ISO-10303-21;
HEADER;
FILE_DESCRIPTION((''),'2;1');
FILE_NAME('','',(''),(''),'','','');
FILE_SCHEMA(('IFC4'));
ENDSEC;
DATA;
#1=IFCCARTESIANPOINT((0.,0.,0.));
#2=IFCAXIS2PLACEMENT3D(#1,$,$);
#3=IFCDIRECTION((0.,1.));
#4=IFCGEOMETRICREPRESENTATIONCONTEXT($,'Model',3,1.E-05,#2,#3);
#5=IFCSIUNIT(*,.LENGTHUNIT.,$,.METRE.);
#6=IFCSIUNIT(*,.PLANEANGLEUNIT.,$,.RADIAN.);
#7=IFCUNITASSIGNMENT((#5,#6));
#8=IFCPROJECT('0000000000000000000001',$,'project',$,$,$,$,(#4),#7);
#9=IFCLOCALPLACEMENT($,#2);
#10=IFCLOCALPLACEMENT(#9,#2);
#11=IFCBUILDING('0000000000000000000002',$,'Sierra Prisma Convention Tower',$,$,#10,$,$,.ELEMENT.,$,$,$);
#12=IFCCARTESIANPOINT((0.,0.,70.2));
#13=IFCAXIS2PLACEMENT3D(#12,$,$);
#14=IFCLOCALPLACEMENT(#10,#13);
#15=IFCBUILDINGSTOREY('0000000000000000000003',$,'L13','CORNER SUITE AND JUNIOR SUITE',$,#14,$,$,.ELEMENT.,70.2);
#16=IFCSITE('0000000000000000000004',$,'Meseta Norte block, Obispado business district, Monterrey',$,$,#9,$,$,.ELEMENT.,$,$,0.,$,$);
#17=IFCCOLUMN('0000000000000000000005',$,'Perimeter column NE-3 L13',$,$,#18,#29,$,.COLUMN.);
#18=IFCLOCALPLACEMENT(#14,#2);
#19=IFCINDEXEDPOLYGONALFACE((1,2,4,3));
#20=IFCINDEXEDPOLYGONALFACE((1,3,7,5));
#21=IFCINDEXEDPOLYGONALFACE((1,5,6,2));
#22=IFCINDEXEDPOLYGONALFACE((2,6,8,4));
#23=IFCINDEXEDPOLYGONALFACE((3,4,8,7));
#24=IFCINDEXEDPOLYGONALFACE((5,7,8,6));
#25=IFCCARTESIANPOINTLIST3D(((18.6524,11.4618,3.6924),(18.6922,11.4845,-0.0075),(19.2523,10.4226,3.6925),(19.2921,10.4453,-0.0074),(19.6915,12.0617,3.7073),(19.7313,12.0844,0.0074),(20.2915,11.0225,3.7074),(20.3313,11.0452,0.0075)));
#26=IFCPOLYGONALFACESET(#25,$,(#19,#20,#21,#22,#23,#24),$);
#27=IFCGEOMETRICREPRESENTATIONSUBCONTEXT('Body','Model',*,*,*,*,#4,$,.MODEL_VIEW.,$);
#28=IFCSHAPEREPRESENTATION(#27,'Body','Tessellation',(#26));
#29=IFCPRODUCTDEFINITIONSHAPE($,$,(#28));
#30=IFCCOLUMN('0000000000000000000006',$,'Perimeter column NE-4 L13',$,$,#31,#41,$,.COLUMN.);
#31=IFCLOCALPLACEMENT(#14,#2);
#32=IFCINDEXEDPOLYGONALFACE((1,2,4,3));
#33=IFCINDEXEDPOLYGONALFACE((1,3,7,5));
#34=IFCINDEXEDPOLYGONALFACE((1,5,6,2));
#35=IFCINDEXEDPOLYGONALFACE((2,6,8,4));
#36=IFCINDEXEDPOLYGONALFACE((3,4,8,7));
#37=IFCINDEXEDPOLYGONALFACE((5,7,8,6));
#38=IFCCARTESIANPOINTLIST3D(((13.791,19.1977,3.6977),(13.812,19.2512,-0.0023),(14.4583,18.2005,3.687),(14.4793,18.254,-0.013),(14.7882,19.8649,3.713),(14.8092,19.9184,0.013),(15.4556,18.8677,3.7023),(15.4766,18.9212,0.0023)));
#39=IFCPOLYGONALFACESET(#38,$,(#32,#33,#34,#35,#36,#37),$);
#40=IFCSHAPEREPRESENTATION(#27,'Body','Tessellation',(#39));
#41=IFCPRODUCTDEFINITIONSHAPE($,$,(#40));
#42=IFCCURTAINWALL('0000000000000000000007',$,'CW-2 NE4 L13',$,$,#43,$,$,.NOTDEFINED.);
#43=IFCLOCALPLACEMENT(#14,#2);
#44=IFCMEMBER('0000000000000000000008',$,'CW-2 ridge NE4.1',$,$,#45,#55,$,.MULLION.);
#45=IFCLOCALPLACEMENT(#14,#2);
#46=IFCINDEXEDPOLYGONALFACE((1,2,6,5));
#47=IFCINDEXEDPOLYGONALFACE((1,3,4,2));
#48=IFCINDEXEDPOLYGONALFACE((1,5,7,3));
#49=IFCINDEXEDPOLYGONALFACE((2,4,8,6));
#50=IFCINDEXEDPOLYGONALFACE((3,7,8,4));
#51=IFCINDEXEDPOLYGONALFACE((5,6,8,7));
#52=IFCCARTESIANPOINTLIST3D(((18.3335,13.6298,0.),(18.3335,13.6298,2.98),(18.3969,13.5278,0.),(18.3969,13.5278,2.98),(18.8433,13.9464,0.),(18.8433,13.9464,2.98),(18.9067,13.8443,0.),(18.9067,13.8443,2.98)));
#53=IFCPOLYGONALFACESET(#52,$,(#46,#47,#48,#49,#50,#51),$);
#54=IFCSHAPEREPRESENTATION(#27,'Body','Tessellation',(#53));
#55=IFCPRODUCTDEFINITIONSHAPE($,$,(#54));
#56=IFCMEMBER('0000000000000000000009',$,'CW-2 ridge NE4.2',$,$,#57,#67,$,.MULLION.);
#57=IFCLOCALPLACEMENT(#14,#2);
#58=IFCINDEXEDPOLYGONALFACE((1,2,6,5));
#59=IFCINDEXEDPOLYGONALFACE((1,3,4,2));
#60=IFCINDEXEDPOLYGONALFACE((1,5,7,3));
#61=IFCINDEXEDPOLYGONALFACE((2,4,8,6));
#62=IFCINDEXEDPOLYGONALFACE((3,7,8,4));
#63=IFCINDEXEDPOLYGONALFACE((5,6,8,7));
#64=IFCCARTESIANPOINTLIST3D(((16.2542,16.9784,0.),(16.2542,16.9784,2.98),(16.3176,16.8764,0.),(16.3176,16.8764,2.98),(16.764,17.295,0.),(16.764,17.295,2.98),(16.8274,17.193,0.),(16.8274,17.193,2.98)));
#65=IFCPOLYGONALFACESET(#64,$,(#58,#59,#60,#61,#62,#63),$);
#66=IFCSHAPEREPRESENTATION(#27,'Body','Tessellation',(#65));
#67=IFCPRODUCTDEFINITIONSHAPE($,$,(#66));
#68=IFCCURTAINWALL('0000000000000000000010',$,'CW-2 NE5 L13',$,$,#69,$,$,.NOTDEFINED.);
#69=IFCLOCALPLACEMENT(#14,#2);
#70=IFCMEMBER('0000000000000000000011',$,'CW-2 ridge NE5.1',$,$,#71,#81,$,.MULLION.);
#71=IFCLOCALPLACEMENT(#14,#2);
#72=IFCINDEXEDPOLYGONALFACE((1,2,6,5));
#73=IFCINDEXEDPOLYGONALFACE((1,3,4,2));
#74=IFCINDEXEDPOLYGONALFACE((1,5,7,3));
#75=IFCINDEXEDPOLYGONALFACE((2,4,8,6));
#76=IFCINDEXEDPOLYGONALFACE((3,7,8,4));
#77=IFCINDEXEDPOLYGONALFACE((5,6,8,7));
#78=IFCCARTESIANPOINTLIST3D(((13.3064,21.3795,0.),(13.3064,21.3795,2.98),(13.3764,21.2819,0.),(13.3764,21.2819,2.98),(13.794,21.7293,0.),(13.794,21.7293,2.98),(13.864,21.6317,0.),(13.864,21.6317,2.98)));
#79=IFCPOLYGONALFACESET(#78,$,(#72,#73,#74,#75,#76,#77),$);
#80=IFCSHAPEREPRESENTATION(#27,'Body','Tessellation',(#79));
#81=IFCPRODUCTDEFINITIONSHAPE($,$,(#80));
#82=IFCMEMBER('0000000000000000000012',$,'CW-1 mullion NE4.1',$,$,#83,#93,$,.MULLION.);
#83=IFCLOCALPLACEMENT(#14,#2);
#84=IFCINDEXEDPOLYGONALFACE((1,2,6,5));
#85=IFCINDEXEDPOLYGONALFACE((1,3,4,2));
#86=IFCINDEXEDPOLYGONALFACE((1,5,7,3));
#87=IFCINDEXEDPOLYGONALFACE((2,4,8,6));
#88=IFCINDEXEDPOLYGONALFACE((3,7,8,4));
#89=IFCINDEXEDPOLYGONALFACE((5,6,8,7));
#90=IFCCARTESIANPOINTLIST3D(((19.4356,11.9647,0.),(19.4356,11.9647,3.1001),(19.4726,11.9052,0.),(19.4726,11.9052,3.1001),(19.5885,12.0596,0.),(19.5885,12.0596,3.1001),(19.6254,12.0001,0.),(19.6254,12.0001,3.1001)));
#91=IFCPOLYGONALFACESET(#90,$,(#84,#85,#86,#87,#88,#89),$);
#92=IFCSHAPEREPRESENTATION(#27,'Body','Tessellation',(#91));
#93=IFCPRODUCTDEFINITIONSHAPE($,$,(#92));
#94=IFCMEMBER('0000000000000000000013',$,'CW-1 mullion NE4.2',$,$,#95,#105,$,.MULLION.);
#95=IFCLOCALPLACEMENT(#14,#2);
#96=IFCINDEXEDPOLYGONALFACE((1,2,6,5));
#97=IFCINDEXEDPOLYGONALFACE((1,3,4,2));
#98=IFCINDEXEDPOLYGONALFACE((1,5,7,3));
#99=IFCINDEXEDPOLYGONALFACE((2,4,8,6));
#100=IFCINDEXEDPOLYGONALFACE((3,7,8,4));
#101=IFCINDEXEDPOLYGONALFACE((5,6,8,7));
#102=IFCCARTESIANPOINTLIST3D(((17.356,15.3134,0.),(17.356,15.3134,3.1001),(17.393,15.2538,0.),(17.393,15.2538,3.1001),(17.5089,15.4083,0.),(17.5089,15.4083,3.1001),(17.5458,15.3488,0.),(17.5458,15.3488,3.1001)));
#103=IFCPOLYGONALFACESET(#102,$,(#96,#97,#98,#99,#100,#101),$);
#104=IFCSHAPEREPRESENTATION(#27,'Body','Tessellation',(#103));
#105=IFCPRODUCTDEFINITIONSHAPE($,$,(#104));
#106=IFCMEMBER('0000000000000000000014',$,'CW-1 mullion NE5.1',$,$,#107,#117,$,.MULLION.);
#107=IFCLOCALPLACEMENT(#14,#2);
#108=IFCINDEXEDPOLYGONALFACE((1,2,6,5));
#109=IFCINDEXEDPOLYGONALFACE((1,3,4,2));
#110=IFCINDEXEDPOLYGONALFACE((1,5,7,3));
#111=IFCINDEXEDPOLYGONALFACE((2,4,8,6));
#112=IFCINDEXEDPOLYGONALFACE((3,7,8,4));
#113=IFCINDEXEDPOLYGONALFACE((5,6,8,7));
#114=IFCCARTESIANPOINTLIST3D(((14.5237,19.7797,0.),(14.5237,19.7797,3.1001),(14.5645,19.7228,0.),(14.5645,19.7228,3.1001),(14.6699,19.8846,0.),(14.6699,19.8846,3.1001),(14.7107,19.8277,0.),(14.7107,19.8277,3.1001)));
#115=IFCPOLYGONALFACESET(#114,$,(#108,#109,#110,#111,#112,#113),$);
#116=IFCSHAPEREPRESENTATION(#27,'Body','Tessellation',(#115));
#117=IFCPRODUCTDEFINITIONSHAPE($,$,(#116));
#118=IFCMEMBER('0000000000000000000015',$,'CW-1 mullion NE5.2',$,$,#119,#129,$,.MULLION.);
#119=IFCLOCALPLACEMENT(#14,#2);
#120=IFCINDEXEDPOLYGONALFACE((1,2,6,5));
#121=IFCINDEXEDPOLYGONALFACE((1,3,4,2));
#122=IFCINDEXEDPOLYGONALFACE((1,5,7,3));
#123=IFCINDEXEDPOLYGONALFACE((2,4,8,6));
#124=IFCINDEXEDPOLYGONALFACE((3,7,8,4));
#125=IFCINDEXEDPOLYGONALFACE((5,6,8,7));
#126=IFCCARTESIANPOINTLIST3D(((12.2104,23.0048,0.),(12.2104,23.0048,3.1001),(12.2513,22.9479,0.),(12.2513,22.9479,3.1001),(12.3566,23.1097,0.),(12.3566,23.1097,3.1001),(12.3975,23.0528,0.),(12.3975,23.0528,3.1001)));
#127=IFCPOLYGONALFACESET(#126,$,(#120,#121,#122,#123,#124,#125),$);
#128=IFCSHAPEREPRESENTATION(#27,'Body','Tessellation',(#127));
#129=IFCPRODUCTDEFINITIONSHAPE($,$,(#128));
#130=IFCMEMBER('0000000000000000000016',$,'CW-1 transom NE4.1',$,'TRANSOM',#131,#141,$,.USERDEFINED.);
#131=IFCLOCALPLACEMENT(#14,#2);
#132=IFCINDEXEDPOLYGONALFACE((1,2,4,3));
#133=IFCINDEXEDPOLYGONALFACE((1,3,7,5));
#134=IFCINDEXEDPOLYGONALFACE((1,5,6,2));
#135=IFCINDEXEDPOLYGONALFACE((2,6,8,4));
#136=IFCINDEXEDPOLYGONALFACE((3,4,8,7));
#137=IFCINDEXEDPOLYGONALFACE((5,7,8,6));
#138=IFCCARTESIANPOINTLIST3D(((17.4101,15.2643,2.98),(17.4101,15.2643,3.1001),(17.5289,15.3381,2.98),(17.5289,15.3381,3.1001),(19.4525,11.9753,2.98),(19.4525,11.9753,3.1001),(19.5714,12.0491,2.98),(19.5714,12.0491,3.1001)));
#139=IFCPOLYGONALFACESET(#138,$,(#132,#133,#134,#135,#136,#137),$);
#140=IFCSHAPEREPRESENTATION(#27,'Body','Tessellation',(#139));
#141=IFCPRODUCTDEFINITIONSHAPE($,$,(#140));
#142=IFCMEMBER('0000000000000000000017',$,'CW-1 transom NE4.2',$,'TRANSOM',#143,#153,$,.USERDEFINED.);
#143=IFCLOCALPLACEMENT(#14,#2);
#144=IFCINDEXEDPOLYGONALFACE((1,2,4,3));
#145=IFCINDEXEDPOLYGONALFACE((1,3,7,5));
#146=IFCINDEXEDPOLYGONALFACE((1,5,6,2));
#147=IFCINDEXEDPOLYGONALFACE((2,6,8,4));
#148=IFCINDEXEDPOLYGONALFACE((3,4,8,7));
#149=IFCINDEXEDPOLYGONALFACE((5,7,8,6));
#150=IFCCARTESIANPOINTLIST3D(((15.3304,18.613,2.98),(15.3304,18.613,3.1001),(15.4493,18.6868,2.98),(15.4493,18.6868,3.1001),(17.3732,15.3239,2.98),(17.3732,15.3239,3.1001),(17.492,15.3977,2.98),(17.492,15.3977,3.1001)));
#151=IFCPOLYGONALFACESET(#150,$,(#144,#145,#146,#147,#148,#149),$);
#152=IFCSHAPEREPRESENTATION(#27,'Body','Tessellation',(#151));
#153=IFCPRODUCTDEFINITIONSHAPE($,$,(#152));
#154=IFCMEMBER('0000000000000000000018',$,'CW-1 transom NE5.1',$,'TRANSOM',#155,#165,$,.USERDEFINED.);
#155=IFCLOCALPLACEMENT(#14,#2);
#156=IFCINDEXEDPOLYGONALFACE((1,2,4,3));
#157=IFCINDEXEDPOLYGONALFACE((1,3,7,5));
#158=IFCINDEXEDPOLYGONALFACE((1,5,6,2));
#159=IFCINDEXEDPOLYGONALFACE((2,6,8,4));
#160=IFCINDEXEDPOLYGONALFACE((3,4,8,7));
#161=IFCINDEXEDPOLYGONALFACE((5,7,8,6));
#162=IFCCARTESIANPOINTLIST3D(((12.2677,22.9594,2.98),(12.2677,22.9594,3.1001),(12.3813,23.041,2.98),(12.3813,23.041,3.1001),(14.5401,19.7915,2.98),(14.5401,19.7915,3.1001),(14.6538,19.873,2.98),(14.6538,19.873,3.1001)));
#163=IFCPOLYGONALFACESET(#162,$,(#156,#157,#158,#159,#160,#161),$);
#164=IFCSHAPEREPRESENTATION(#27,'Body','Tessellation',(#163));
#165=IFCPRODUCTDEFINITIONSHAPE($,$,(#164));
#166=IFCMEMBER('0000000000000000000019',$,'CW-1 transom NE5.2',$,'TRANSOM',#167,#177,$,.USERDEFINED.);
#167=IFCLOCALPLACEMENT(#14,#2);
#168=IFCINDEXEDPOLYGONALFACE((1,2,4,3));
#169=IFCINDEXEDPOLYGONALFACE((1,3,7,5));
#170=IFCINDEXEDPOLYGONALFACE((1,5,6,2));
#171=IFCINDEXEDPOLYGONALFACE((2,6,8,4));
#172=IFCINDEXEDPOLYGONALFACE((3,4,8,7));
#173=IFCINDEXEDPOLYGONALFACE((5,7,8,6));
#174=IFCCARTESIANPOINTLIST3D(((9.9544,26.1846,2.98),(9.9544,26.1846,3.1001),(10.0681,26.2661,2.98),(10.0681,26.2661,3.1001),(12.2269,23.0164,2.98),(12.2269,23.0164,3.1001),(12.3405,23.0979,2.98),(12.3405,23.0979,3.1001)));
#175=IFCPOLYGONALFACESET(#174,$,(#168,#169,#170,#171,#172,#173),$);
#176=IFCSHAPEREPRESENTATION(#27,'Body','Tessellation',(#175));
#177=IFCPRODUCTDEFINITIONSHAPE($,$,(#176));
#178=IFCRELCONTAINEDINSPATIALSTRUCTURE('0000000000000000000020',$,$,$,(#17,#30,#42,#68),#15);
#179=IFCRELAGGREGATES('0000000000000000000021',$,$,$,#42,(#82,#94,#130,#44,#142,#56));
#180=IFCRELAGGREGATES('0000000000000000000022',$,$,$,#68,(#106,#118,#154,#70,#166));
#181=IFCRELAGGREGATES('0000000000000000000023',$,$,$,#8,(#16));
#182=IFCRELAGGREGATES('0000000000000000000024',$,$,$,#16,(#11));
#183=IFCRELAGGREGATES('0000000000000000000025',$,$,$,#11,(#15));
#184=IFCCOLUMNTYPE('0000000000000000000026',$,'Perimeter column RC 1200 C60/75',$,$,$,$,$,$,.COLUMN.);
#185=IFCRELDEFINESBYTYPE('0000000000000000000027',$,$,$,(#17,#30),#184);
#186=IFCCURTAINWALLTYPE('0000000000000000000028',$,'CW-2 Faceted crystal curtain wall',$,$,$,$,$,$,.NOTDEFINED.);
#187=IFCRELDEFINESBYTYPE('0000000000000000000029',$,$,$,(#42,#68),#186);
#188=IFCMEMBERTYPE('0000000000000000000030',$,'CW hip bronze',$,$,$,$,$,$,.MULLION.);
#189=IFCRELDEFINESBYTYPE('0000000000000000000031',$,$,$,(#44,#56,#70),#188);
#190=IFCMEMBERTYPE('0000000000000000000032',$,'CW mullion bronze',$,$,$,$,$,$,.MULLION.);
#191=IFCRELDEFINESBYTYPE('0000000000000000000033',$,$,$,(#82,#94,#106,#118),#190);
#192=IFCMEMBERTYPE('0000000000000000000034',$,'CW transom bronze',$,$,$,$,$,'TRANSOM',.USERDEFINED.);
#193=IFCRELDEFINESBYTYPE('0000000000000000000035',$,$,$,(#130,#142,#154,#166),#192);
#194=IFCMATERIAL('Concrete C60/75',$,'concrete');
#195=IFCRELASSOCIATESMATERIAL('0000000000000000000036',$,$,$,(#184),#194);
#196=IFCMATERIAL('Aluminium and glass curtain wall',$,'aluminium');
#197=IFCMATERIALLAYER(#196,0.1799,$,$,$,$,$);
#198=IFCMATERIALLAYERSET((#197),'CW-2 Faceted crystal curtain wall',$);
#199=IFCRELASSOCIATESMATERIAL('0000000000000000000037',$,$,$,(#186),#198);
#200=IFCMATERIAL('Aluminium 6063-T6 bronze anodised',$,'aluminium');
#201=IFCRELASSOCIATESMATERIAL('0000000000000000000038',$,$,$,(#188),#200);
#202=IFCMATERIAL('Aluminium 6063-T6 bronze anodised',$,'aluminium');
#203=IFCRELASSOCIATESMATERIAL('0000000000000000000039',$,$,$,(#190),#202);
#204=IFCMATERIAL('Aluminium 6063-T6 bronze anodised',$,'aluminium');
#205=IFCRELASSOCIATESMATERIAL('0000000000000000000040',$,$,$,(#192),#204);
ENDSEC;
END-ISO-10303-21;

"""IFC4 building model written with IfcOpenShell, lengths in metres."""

from ifc_helpers import new_model, si_unit, direction, frame, origin, origin_2d, place, context, subcontext, project, spatial, rectangle, extrude, material, layer, layer_set, material_profile, profile_set, type_object, element, aggregate, save


model = new_model("IFC4")

# Units and contexts
model_context = context("Model", 3, precision=1e-05, world=origin(), true_north=direction((0.0, 1.0)))
body_context = subcontext(model_context, "Body", "Model", "MODEL_VIEW")
ifc_project = project(units=[si_unit("LENGTHUNIT", "METRE"), si_unit("PLANEANGLEUNIT", "RADIAN")], contexts=[model_context])

# Site, building, storey
site_placement = place(None, origin())
site = spatial("IfcSite", under=ifc_project, at=site_placement, Name="Meseta Norte block, Obispado business district, Monterrey", CompositionType="ELEMENT", RefElevation=0.0)
building_placement = place(site_placement, origin())
building = spatial("IfcBuilding", under=site, at=building_placement, Name="Sierra Prisma Convention Tower", CompositionType="ELEMENT")
storey_placement = place(building_placement, frame((0.0, 0.0, 70.2)))
storey = spatial("IfcBuildingStorey", under=building, at=storey_placement, Name="L13", Description="CORNER SUITE AND JUNIOR SUITE", CompositionType="ELEMENT", Elevation=70.2)

# Columns
ifc_material_1 = material(Name="Concrete C60/75", Category="concrete")
ifc_material_profile_1 = material_profile(ifc_material_1, rectangle(XDim=1.2, YDim=1.2, at=origin_2d()), Name="Perimeter column RC 1200 C60/75")
ifc_profile_set_1 = profile_set([ifc_material_profile_1], Name="Concrete C60/75")
column_type = type_object("IfcColumnType", Name="Perimeter column RC 1200 C60/75", PredefinedType="COLUMN", material=ifc_profile_set_1)
column_1_placement = place(storey_placement, frame((19.5117, 11.2649, 0.0), z_axis=(-0.010755, -0.006136, 0.999923), x_axis=(-0.499971, 0.866042, -0.000063)))
element("IfcColumn", 1, at=column_1_placement, inside=storey, type_object=column_type, Name="Perimeter column NE-3 L13", PredefinedType="COLUMN", context=body_context, shape_type="SweptSolid", body=[
    extrude(rectangle(XDim=1.2, YDim=1.2, at=origin_2d()), origin(), (0.0, 0.0, 1.0), 3.7002),
])
column_2_placement = place(storey_placement, frame((14.6443, 19.0862, 0.0), z_axis=(-0.005674, -0.014449, 0.99988), x_axis=(-0.556136, 0.831044, 0.008853)))
element("IfcColumn", 2, at=column_2_placement, inside=storey, type_object=column_type, Name="Perimeter column NE-4 L13", PredefinedType="COLUMN", context=body_context, shape_type="SweptSolid", body=[
    extrude(rectangle(XDim=1.2, YDim=1.2, at=origin_2d()), origin(), (0.0, 0.0, 1.0), 3.7004),
])

# Curtain wall, members
ifc_material_2 = material(Name="Aluminium and glass curtain wall", Category="aluminium")
ifc_layer_1 = layer(ifc_material_2, 0.1799)
ifc_layer_set_1 = layer_set([ifc_layer_1], Name="CW-2 Faceted crystal curtain wall")
curtain_wall_type = type_object("IfcCurtainWallType", Name="CW-2 Faceted crystal curtain wall", PredefinedType="NOTDEFINED", material=ifc_layer_set_1)
curtain_wall_1_placement = place(storey_placement, origin())
curtain_wall_1 = element("IfcCurtainWall", 3, at=curtain_wall_1_placement, inside=storey, type_object=curtain_wall_type, Name="CW-2 NE4 L13", PredefinedType="NOTDEFINED")
ifc_material_3 = material(Name="Aluminium 6063-T6 bronze anodised", Category="aluminium")
ifc_material_profile_2 = material_profile(ifc_material_3, rectangle(XDim=0.1201, YDim=0.6001, at=origin_2d()), Name="ALU RIDGE BLADE 120x600")
ifc_profile_set_2 = profile_set([ifc_material_profile_2], Name="Aluminium 6063-T6 bronze anodised")
member_type_1 = type_object("IfcMemberType", Name="CW hip bronze", PredefinedType="MULLION", material=ifc_profile_set_2)
member_1_placement = place(storey_placement, frame((18.6201, 13.7371, 0.0), z_axis=(0.0, 0.0, 1.0), x_axis=(-0.527544, 0.849528, 0.0)))
member_1 = element("IfcMember", 4, at=member_1_placement, type_object=member_type_1, Name="CW-2 ridge NE4.1", PredefinedType="MULLION", context=body_context, shape_type="SweptSolid", body=[
    extrude(rectangle(XDim=0.1201, YDim=0.6001, at=origin_2d()), origin(), (0.0, 0.0, 1.0), 2.98),
])
member_2_placement = place(storey_placement, frame((16.5408, 17.0857, 0.0), z_axis=(0.0, 0.0, 1.0), x_axis=(-0.527544, 0.849528, 0.0)))
member_2 = element("IfcMember", 5, at=member_2_placement, type_object=member_type_1, Name="CW-2 ridge NE4.2", PredefinedType="MULLION", context=body_context, shape_type="SweptSolid", body=[
    extrude(rectangle(XDim=0.1201, YDim=0.6001, at=origin_2d()), origin(), (0.0, 0.0, 1.0), 2.98),
])

# Curtain wall, member
curtain_wall_2_placement = place(storey_placement, origin())
curtain_wall_2 = element("IfcCurtainWall", 6, at=curtain_wall_2_placement, inside=storey, type_object=curtain_wall_type, Name="CW-2 NE5 L13", PredefinedType="NOTDEFINED")
member_3_placement = place(storey_placement, frame((13.5852, 21.5056, 0.0), z_axis=(0.0, 0.0, 1.0), x_axis=(-0.582851, 0.812579, 0.0)))
member_3 = element("IfcMember", 7, at=member_3_placement, type_object=member_type_1, Name="CW-2 ridge NE5.1", PredefinedType="MULLION", context=body_context, shape_type="SweptSolid", body=[
    extrude(rectangle(XDim=0.1201, YDim=0.6001, at=origin_2d()), origin(), (0.0, 0.0, 1.0), 2.98),
])

# Members
ifc_material_4 = material(Name="Aluminium 6063-T6 bronze anodised", Category="aluminium")
ifc_material_profile_3 = material_profile(ifc_material_4, rectangle(XDim=0.1799, YDim=0.0701, at=origin_2d()), Name="ALU MULLION 70x180")
ifc_profile_set_3 = profile_set([ifc_material_profile_3], Name="Aluminium 6063-T6 bronze anodised")
member_type_2 = type_object("IfcMemberType", Name="CW mullion bronze", PredefinedType="MULLION", material=ifc_profile_set_3)
member_4_placement = place(storey_placement, frame((19.5305, 11.9824, 0.0), z_axis=(0.0, 0.0, 1.0), x_axis=(-0.849528, -0.527544, 0.0)))
member_4 = element("IfcMember", 8, at=member_4_placement, type_object=member_type_2, Name="CW-1 mullion NE4.1", PredefinedType="MULLION", context=body_context, shape_type="SweptSolid", body=[
    extrude(rectangle(XDim=0.1799, YDim=0.0701, at=origin_2d()), origin(), (0.0, 0.0, 1.0), 3.1001),
])
member_5_placement = place(storey_placement, frame((17.4509, 15.3311, 0.0), z_axis=(0.0, 0.0, 1.0), x_axis=(-0.849528, -0.527544, 0.0)))
member_5 = element("IfcMember", 9, at=member_5_placement, type_object=member_type_2, Name="CW-1 mullion NE4.2", PredefinedType="MULLION", context=body_context, shape_type="SweptSolid", body=[
    extrude(rectangle(XDim=0.1799, YDim=0.0701, at=origin_2d()), origin(), (0.0, 0.0, 1.0), 3.1001),
])
member_6_placement = place(storey_placement, frame((14.6172, 19.8037, 0.0), z_axis=(0.0, 0.0, 1.0), x_axis=(-0.812579, -0.582851, 0.0)))
member_6 = element("IfcMember", 10, at=member_6_placement, type_object=member_type_2, Name="CW-1 mullion NE5.1", PredefinedType="MULLION", context=body_context, shape_type="SweptSolid", body=[
    extrude(rectangle(XDim=0.1799, YDim=0.0701, at=origin_2d()), origin(), (0.0, 0.0, 1.0), 3.1001),
])
member_7_placement = place(storey_placement, frame((12.304, 23.0288, 0.0), z_axis=(0.0, 0.0, 1.0), x_axis=(-0.812579, -0.582851, 0.0)))
member_7 = element("IfcMember", 11, at=member_7_placement, type_object=member_type_2, Name="CW-1 mullion NE5.2", PredefinedType="MULLION", context=body_context, shape_type="SweptSolid", body=[
    extrude(rectangle(XDim=0.1799, YDim=0.0701, at=origin_2d()), origin(), (0.0, 0.0, 1.0), 3.1001),
])
ifc_material_5 = material(Name="Aluminium 6063-T6 bronze anodised", Category="aluminium")
ifc_material_profile_4 = material_profile(ifc_material_5, rectangle(XDim=0.1399, YDim=0.1201, at=origin_2d()), Name="ALU TRANSOM 120x140")
ifc_profile_set_4 = profile_set([ifc_material_profile_4], Name="Aluminium 6063-T6 bronze anodised")
member_type_3 = type_object("IfcMemberType", Name="CW transom bronze", ElementType="TRANSOM", PredefinedType="USERDEFINED", material=ifc_profile_set_4)
member_8_placement = place(storey_placement, frame((19.512, 12.0122, 3.04), z_axis=(-0.527548, 0.849525, 0.0), x_axis=(-0.849525, -0.527548, 0.0)))
member_8 = element("IfcMember", 12, at=member_8_placement, type_object=member_type_3, Name="CW-1 transom NE4.1", ObjectType="TRANSOM", PredefinedType="USERDEFINED", context=body_context, shape_type="SweptSolid", body=[
    extrude(rectangle(XDim=0.1399, YDim=0.1201, at=origin_2d()), origin(), (0.0, 0.0, 1.0), 3.8716),
])
member_9_placement = place(storey_placement, frame((17.4326, 15.3608, 3.04), z_axis=(-0.527594, 0.849497, 0.0), x_axis=(-0.849497, -0.527594, 0.0)))
member_9 = element("IfcMember", 13, at=member_9_placement, type_object=member_type_3, Name="CW-1 transom NE4.2", ObjectType="TRANSOM", PredefinedType="USERDEFINED", context=body_context, shape_type="SweptSolid", body=[
    extrude(rectangle(XDim=0.1399, YDim=0.1201, at=origin_2d()), origin(), (0.0, 0.0, 1.0), 3.8718),
])
member_10_placement = place(storey_placement, frame((14.5969, 19.8323, 3.04), z_axis=(-0.582872, 0.812564, 0.0), x_axis=(-0.812564, -0.582872, 0.0)))
member_10 = element("IfcMember", 14, at=member_10_placement, type_object=member_type_3, Name="CW-1 transom NE5.1", ObjectType="TRANSOM", PredefinedType="USERDEFINED", context=body_context, shape_type="SweptSolid", body=[
    extrude(rectangle(XDim=0.1399, YDim=0.1201, at=origin_2d()), origin(), (0.0, 0.0, 1.0), 3.8987),
])
member_11_placement = place(storey_placement, frame((12.2837, 23.0571, 3.04), z_axis=(-0.582842, 0.812585, 0.0), x_axis=(-0.812585, -0.582842, 0.0)))
member_11 = element("IfcMember", 15, at=member_11_placement, type_object=member_type_3, Name="CW-1 transom NE5.2", ObjectType="TRANSOM", PredefinedType="USERDEFINED", context=body_context, shape_type="SweptSolid", body=[
    extrude(rectangle(XDim=0.1399, YDim=0.1201, at=origin_2d()), origin(), (0.0, 0.0, 1.0), 3.8989),
])

aggregate(curtain_wall_1, [member_4, member_5, member_8, member_1, member_9, member_2])
aggregate(curtain_wall_2, [member_6, member_7, member_10, member_3, member_11])

save(model, "model.ifc")
